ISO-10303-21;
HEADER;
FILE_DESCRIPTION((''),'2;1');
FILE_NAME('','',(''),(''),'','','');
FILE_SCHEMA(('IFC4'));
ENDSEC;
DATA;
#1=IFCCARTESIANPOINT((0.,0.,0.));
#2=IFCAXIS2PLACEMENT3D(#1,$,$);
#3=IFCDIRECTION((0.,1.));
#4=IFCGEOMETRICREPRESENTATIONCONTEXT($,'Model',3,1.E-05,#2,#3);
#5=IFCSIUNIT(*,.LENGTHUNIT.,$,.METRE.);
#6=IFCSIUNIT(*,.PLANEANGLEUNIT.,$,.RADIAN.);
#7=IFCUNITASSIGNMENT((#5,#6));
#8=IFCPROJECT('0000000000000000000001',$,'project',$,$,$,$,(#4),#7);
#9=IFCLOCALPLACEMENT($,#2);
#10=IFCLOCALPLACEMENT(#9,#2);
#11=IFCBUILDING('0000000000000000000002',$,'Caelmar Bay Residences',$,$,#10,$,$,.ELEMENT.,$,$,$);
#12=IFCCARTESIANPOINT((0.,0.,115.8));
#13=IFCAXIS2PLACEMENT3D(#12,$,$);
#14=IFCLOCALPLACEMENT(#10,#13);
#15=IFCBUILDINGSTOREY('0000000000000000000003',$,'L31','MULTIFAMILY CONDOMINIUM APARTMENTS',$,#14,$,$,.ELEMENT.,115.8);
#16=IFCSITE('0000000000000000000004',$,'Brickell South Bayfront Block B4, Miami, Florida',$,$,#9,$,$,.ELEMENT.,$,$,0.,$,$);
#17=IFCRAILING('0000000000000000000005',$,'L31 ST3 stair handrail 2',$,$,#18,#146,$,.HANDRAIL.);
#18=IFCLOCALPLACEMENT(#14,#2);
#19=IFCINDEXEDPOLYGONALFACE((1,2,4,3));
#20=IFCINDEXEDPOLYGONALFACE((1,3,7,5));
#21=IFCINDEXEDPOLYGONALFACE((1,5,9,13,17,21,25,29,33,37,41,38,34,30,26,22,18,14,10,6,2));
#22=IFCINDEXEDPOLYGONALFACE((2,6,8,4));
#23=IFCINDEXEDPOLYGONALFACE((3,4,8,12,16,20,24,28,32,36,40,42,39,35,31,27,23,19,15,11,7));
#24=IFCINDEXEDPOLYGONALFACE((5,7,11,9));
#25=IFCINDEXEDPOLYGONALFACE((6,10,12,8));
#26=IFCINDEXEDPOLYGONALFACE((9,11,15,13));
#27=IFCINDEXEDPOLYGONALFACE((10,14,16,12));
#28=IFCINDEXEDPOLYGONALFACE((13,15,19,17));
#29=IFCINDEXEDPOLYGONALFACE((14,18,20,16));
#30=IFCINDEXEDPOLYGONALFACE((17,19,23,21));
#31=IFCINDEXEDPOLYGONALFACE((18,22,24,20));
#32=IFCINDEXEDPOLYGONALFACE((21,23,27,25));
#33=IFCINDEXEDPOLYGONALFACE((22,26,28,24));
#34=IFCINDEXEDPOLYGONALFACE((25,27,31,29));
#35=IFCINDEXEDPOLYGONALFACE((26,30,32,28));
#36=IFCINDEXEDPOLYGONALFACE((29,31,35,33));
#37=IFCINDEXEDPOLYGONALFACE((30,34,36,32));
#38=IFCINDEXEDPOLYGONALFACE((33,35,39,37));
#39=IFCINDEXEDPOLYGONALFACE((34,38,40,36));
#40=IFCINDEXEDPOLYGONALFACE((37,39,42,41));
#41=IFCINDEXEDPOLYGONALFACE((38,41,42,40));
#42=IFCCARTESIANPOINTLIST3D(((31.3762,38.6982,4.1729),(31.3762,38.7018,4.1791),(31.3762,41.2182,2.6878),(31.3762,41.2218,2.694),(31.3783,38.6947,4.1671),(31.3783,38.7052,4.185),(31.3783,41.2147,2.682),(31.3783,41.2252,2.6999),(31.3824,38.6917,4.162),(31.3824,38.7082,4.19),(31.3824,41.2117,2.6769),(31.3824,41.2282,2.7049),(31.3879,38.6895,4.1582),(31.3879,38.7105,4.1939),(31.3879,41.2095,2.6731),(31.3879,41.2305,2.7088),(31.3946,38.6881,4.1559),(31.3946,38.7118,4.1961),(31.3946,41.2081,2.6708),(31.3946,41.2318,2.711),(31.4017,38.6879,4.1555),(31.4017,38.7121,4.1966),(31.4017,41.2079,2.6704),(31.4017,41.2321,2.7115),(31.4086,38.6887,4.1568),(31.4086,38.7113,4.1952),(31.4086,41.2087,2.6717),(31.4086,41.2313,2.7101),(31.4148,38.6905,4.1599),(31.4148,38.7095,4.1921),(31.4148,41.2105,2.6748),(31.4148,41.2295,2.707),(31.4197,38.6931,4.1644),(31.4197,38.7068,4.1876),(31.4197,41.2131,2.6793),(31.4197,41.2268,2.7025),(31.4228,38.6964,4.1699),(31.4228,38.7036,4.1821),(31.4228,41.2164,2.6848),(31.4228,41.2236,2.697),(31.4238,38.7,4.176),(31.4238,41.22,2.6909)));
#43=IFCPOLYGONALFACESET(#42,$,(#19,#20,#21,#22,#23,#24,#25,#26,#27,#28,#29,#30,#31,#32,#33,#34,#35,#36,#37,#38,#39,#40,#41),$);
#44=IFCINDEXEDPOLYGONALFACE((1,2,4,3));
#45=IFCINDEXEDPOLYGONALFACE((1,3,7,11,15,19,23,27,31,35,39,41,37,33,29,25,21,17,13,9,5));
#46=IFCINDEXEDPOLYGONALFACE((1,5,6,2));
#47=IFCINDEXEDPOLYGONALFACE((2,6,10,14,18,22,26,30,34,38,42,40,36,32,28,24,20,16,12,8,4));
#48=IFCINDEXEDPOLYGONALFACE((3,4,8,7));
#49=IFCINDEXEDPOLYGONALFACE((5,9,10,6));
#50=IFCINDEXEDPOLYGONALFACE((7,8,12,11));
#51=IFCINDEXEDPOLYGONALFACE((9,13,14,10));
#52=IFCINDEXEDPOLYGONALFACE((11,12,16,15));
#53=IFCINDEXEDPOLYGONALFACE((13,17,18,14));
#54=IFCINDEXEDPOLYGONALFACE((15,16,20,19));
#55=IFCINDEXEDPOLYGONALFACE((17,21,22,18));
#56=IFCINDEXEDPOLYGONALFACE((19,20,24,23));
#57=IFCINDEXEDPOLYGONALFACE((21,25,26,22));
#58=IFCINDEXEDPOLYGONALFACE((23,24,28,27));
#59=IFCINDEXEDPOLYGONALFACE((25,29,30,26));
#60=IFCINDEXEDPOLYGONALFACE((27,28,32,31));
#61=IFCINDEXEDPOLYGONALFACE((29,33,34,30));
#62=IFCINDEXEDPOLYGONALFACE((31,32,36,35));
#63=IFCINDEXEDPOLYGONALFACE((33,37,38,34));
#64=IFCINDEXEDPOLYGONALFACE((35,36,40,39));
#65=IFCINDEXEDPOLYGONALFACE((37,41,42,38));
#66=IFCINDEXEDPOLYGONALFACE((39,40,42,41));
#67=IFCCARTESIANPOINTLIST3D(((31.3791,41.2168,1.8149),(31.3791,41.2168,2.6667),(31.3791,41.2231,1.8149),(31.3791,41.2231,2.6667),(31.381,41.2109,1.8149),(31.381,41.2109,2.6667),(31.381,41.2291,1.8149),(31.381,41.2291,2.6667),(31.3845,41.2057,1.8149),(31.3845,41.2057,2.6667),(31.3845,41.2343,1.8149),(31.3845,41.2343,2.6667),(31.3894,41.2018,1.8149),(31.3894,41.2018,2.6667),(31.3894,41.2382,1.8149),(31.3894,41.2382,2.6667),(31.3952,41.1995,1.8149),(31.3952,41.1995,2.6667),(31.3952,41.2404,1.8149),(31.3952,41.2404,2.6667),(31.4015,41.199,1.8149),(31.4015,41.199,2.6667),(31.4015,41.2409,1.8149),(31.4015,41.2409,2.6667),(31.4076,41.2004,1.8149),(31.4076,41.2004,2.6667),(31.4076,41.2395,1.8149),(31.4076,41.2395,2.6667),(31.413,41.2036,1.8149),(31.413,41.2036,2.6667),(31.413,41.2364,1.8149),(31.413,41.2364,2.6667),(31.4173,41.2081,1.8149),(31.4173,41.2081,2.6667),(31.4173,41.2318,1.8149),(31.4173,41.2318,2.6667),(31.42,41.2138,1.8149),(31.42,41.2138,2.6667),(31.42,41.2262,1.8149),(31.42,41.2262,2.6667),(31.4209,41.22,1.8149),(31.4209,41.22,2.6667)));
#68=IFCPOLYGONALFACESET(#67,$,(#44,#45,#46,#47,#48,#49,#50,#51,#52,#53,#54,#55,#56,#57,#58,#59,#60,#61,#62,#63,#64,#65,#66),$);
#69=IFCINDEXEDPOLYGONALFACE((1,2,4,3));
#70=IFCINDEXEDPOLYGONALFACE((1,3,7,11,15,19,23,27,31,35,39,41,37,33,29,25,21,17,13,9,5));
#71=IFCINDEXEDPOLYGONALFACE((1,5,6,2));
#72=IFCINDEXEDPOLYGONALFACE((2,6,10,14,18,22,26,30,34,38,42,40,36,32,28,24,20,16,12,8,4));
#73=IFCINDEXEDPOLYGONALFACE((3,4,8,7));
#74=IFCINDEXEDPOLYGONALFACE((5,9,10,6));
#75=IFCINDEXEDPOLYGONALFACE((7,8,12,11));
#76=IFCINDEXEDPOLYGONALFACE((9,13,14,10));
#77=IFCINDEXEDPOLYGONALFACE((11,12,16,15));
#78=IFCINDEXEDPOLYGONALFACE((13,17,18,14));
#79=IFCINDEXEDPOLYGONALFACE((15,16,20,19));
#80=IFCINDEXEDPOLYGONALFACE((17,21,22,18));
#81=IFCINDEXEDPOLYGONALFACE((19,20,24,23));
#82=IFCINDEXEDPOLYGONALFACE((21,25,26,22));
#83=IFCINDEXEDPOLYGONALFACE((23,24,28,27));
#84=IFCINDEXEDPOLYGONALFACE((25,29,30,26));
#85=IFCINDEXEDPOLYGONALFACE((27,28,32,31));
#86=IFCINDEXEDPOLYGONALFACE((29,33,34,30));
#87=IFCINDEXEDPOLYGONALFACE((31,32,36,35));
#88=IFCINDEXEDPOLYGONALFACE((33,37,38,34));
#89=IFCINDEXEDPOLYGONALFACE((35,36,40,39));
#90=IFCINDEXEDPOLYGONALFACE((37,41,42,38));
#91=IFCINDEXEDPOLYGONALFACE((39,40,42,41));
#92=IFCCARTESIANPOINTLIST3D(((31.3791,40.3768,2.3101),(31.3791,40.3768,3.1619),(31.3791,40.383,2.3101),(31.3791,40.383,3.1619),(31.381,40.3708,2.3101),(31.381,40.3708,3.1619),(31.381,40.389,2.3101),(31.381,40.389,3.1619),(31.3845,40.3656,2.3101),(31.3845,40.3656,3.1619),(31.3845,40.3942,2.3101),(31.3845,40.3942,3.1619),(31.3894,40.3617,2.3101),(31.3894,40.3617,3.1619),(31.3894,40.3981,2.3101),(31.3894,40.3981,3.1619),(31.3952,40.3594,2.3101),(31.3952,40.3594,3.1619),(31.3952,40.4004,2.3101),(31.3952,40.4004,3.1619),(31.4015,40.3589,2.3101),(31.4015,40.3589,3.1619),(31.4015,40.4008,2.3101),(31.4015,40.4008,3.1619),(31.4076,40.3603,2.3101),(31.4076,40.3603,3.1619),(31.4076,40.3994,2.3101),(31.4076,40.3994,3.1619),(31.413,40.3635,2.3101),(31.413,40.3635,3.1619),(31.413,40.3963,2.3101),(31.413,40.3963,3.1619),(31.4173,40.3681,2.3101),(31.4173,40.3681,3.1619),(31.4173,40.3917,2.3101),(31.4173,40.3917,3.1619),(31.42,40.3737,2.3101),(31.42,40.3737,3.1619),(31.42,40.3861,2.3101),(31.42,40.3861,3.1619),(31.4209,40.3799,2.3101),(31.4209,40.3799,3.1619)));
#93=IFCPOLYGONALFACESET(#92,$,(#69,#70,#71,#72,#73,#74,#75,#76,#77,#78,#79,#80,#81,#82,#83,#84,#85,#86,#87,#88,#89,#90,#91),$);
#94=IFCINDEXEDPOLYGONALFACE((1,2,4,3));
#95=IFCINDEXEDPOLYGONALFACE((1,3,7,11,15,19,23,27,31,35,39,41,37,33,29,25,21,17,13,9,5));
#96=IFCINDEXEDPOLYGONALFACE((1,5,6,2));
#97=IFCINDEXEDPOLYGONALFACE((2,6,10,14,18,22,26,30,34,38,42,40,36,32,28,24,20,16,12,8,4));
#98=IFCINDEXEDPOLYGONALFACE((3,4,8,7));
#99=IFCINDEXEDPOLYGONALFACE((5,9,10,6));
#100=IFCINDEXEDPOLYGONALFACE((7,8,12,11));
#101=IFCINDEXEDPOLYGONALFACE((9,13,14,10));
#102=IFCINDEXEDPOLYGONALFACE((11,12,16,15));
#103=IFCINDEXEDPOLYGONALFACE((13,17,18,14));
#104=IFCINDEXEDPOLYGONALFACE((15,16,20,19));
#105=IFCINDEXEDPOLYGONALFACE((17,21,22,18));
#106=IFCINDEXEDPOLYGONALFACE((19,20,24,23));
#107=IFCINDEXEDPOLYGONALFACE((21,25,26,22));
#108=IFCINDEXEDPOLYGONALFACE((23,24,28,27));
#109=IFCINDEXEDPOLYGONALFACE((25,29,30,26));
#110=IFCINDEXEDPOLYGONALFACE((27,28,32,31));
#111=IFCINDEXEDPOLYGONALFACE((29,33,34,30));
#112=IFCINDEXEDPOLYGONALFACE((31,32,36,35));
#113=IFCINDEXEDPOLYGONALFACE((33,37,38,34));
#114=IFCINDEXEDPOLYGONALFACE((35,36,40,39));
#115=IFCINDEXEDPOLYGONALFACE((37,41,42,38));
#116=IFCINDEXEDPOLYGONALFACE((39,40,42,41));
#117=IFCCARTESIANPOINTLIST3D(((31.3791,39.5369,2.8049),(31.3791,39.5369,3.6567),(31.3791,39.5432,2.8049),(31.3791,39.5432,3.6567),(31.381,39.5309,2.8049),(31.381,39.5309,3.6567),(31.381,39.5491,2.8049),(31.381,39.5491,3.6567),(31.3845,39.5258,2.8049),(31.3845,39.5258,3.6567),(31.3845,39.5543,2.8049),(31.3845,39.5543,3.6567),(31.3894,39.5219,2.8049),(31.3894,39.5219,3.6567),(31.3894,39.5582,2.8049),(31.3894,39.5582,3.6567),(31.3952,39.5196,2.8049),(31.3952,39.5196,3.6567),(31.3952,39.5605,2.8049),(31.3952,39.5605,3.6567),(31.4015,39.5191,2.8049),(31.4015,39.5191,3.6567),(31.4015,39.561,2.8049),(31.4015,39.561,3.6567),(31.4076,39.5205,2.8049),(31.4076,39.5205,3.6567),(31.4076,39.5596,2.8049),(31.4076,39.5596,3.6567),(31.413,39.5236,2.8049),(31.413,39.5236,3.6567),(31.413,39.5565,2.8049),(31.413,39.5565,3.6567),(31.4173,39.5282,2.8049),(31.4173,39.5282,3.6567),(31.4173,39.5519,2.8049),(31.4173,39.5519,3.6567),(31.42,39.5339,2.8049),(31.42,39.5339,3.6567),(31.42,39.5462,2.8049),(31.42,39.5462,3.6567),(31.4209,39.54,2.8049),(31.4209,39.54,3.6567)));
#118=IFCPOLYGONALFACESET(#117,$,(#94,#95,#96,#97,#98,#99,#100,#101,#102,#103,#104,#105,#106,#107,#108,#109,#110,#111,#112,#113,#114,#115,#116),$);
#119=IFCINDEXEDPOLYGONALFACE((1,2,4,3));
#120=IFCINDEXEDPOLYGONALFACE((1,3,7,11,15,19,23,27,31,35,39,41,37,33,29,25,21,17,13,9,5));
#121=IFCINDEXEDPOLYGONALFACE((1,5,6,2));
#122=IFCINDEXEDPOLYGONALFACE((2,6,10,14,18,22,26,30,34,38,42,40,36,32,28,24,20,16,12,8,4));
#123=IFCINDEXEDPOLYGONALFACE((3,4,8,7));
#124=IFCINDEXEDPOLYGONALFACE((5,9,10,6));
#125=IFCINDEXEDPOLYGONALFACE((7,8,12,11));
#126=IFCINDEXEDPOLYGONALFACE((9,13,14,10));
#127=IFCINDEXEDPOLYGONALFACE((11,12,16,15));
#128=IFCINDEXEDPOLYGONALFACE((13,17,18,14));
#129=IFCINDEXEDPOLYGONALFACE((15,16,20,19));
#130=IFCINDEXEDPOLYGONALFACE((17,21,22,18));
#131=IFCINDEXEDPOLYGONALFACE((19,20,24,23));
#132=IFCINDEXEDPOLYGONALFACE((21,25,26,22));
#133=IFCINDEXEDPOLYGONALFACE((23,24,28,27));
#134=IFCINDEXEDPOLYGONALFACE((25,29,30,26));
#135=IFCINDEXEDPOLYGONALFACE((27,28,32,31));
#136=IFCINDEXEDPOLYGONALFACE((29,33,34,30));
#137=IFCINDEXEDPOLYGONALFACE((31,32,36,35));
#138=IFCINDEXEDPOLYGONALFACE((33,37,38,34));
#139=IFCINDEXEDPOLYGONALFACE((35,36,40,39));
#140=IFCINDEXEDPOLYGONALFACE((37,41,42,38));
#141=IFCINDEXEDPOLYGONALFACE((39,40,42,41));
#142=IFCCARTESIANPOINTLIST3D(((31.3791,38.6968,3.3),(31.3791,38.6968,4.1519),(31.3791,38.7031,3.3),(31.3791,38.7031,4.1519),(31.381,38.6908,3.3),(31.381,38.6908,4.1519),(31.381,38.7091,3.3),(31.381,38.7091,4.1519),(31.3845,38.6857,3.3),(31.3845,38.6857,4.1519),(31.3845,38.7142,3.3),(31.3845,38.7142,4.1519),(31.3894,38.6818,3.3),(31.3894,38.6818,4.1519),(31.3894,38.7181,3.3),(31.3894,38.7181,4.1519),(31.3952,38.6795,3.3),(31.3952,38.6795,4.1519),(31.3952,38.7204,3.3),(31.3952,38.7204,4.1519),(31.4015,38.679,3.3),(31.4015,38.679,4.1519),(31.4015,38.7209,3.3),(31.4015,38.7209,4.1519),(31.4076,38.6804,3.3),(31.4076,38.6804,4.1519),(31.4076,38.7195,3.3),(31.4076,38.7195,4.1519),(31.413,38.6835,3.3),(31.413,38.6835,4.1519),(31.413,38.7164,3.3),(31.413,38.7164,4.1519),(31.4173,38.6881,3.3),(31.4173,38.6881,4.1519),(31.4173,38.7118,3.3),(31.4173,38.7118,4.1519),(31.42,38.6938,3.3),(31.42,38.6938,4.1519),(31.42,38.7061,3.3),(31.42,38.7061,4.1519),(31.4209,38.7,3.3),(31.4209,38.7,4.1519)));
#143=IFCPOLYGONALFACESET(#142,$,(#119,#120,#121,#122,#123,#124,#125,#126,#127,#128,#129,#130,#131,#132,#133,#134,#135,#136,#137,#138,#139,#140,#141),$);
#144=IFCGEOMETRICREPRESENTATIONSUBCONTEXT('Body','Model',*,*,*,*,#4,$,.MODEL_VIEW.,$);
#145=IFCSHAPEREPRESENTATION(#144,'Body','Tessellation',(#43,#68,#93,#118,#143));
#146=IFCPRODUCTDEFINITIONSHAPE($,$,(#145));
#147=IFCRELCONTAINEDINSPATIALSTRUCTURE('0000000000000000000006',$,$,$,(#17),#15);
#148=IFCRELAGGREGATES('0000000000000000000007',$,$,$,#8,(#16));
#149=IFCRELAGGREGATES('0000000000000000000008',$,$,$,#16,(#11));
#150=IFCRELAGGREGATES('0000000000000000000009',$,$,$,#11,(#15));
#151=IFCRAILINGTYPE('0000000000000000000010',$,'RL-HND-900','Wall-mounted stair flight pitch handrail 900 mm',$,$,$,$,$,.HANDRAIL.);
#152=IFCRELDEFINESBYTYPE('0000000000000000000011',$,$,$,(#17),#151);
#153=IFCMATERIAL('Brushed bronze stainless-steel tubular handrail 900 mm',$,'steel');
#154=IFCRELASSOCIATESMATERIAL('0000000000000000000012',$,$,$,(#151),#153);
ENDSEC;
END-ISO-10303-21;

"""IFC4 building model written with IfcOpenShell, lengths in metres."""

from ifc_helpers import new_model, si_unit, direction, frame, origin, origin_2d, place, context, subcontext, project, spatial, circle, extrude, material, type_object, element, save


model = new_model("IFC4")

# Units and contexts
model_context = context("Model", 3, precision=1e-05, world=origin(), true_north=direction((0.0, 1.0)))
body_context = subcontext(model_context, "Body", "Model", "MODEL_VIEW")
ifc_project = project(units=[si_unit("LENGTHUNIT", "METRE"), si_unit("PLANEANGLEUNIT", "RADIAN")], contexts=[model_context])

# Site, building, storey
site_placement = place(None, origin())
site = spatial("IfcSite", under=ifc_project, at=site_placement, Name="Brickell South Bayfront Block B4, Miami, Florida", CompositionType="ELEMENT", RefElevation=0.0)
building_placement = place(site_placement, origin())
building = spatial("IfcBuilding", under=site, at=building_placement, Name="Caelmar Bay Residences", CompositionType="ELEMENT")
storey_placement = place(building_placement, frame((0.0, 0.0, 115.8)))
storey = spatial("IfcBuildingStorey", under=building, at=storey_placement, Name="L31", Description="MULTIFAMILY CONDOMINIUM APARTMENTS", CompositionType="ELEMENT", Elevation=115.8)

# Railing
ifc_material_1 = material(Name="Brushed bronze stainless-steel tubular handrail 900 mm", Category="steel")
railing_type_1 = type_object("IfcRailingType", Name="RL-HND-900", Description="Wall-mounted stair flight pitch handrail 900 mm", PredefinedType="HANDRAIL", material=ifc_material_1)
railing_1_placement = place(storey_placement, frame((31.3999, 41.22, 1.8149)))
element("IfcRailing", 1, at=railing_1_placement, inside=storey, type_object=railing_type_1, Name="L31 ST3 stair handrail 2", PredefinedType="HANDRAIL", context=body_context, shape_type="SweptSolid", body=[
    extrude(circle(Radius=0.0239, at=origin_2d()), frame((0.0, 0.0, 0.876), z_axis=(0.0, -0.861524, 0.507717), x_axis=(1.0, 0.0, 0.0)), (0.0, 0.0, 1.0), 2.925),
    extrude(circle(Radius=0.021, at=origin_2d()), origin(), (0.0, 0.0, 1.0), 0.8518),
    extrude(circle(Radius=0.021, at=origin_2d()), frame((0.0, -0.8401, 0.4951)), (0.0, 0.0, 1.0), 0.8518),
    extrude(circle(Radius=0.021, at=origin_2d()), frame((0.0, -1.6799, 0.99)), (0.0, 0.0, 1.0), 0.8518),
    extrude(circle(Radius=0.021, at=origin_2d()), frame((0.0, -2.52, 1.4851)), (0.0, 0.0, 1.0), 0.8518),
])

save(model, "model.ifc")
